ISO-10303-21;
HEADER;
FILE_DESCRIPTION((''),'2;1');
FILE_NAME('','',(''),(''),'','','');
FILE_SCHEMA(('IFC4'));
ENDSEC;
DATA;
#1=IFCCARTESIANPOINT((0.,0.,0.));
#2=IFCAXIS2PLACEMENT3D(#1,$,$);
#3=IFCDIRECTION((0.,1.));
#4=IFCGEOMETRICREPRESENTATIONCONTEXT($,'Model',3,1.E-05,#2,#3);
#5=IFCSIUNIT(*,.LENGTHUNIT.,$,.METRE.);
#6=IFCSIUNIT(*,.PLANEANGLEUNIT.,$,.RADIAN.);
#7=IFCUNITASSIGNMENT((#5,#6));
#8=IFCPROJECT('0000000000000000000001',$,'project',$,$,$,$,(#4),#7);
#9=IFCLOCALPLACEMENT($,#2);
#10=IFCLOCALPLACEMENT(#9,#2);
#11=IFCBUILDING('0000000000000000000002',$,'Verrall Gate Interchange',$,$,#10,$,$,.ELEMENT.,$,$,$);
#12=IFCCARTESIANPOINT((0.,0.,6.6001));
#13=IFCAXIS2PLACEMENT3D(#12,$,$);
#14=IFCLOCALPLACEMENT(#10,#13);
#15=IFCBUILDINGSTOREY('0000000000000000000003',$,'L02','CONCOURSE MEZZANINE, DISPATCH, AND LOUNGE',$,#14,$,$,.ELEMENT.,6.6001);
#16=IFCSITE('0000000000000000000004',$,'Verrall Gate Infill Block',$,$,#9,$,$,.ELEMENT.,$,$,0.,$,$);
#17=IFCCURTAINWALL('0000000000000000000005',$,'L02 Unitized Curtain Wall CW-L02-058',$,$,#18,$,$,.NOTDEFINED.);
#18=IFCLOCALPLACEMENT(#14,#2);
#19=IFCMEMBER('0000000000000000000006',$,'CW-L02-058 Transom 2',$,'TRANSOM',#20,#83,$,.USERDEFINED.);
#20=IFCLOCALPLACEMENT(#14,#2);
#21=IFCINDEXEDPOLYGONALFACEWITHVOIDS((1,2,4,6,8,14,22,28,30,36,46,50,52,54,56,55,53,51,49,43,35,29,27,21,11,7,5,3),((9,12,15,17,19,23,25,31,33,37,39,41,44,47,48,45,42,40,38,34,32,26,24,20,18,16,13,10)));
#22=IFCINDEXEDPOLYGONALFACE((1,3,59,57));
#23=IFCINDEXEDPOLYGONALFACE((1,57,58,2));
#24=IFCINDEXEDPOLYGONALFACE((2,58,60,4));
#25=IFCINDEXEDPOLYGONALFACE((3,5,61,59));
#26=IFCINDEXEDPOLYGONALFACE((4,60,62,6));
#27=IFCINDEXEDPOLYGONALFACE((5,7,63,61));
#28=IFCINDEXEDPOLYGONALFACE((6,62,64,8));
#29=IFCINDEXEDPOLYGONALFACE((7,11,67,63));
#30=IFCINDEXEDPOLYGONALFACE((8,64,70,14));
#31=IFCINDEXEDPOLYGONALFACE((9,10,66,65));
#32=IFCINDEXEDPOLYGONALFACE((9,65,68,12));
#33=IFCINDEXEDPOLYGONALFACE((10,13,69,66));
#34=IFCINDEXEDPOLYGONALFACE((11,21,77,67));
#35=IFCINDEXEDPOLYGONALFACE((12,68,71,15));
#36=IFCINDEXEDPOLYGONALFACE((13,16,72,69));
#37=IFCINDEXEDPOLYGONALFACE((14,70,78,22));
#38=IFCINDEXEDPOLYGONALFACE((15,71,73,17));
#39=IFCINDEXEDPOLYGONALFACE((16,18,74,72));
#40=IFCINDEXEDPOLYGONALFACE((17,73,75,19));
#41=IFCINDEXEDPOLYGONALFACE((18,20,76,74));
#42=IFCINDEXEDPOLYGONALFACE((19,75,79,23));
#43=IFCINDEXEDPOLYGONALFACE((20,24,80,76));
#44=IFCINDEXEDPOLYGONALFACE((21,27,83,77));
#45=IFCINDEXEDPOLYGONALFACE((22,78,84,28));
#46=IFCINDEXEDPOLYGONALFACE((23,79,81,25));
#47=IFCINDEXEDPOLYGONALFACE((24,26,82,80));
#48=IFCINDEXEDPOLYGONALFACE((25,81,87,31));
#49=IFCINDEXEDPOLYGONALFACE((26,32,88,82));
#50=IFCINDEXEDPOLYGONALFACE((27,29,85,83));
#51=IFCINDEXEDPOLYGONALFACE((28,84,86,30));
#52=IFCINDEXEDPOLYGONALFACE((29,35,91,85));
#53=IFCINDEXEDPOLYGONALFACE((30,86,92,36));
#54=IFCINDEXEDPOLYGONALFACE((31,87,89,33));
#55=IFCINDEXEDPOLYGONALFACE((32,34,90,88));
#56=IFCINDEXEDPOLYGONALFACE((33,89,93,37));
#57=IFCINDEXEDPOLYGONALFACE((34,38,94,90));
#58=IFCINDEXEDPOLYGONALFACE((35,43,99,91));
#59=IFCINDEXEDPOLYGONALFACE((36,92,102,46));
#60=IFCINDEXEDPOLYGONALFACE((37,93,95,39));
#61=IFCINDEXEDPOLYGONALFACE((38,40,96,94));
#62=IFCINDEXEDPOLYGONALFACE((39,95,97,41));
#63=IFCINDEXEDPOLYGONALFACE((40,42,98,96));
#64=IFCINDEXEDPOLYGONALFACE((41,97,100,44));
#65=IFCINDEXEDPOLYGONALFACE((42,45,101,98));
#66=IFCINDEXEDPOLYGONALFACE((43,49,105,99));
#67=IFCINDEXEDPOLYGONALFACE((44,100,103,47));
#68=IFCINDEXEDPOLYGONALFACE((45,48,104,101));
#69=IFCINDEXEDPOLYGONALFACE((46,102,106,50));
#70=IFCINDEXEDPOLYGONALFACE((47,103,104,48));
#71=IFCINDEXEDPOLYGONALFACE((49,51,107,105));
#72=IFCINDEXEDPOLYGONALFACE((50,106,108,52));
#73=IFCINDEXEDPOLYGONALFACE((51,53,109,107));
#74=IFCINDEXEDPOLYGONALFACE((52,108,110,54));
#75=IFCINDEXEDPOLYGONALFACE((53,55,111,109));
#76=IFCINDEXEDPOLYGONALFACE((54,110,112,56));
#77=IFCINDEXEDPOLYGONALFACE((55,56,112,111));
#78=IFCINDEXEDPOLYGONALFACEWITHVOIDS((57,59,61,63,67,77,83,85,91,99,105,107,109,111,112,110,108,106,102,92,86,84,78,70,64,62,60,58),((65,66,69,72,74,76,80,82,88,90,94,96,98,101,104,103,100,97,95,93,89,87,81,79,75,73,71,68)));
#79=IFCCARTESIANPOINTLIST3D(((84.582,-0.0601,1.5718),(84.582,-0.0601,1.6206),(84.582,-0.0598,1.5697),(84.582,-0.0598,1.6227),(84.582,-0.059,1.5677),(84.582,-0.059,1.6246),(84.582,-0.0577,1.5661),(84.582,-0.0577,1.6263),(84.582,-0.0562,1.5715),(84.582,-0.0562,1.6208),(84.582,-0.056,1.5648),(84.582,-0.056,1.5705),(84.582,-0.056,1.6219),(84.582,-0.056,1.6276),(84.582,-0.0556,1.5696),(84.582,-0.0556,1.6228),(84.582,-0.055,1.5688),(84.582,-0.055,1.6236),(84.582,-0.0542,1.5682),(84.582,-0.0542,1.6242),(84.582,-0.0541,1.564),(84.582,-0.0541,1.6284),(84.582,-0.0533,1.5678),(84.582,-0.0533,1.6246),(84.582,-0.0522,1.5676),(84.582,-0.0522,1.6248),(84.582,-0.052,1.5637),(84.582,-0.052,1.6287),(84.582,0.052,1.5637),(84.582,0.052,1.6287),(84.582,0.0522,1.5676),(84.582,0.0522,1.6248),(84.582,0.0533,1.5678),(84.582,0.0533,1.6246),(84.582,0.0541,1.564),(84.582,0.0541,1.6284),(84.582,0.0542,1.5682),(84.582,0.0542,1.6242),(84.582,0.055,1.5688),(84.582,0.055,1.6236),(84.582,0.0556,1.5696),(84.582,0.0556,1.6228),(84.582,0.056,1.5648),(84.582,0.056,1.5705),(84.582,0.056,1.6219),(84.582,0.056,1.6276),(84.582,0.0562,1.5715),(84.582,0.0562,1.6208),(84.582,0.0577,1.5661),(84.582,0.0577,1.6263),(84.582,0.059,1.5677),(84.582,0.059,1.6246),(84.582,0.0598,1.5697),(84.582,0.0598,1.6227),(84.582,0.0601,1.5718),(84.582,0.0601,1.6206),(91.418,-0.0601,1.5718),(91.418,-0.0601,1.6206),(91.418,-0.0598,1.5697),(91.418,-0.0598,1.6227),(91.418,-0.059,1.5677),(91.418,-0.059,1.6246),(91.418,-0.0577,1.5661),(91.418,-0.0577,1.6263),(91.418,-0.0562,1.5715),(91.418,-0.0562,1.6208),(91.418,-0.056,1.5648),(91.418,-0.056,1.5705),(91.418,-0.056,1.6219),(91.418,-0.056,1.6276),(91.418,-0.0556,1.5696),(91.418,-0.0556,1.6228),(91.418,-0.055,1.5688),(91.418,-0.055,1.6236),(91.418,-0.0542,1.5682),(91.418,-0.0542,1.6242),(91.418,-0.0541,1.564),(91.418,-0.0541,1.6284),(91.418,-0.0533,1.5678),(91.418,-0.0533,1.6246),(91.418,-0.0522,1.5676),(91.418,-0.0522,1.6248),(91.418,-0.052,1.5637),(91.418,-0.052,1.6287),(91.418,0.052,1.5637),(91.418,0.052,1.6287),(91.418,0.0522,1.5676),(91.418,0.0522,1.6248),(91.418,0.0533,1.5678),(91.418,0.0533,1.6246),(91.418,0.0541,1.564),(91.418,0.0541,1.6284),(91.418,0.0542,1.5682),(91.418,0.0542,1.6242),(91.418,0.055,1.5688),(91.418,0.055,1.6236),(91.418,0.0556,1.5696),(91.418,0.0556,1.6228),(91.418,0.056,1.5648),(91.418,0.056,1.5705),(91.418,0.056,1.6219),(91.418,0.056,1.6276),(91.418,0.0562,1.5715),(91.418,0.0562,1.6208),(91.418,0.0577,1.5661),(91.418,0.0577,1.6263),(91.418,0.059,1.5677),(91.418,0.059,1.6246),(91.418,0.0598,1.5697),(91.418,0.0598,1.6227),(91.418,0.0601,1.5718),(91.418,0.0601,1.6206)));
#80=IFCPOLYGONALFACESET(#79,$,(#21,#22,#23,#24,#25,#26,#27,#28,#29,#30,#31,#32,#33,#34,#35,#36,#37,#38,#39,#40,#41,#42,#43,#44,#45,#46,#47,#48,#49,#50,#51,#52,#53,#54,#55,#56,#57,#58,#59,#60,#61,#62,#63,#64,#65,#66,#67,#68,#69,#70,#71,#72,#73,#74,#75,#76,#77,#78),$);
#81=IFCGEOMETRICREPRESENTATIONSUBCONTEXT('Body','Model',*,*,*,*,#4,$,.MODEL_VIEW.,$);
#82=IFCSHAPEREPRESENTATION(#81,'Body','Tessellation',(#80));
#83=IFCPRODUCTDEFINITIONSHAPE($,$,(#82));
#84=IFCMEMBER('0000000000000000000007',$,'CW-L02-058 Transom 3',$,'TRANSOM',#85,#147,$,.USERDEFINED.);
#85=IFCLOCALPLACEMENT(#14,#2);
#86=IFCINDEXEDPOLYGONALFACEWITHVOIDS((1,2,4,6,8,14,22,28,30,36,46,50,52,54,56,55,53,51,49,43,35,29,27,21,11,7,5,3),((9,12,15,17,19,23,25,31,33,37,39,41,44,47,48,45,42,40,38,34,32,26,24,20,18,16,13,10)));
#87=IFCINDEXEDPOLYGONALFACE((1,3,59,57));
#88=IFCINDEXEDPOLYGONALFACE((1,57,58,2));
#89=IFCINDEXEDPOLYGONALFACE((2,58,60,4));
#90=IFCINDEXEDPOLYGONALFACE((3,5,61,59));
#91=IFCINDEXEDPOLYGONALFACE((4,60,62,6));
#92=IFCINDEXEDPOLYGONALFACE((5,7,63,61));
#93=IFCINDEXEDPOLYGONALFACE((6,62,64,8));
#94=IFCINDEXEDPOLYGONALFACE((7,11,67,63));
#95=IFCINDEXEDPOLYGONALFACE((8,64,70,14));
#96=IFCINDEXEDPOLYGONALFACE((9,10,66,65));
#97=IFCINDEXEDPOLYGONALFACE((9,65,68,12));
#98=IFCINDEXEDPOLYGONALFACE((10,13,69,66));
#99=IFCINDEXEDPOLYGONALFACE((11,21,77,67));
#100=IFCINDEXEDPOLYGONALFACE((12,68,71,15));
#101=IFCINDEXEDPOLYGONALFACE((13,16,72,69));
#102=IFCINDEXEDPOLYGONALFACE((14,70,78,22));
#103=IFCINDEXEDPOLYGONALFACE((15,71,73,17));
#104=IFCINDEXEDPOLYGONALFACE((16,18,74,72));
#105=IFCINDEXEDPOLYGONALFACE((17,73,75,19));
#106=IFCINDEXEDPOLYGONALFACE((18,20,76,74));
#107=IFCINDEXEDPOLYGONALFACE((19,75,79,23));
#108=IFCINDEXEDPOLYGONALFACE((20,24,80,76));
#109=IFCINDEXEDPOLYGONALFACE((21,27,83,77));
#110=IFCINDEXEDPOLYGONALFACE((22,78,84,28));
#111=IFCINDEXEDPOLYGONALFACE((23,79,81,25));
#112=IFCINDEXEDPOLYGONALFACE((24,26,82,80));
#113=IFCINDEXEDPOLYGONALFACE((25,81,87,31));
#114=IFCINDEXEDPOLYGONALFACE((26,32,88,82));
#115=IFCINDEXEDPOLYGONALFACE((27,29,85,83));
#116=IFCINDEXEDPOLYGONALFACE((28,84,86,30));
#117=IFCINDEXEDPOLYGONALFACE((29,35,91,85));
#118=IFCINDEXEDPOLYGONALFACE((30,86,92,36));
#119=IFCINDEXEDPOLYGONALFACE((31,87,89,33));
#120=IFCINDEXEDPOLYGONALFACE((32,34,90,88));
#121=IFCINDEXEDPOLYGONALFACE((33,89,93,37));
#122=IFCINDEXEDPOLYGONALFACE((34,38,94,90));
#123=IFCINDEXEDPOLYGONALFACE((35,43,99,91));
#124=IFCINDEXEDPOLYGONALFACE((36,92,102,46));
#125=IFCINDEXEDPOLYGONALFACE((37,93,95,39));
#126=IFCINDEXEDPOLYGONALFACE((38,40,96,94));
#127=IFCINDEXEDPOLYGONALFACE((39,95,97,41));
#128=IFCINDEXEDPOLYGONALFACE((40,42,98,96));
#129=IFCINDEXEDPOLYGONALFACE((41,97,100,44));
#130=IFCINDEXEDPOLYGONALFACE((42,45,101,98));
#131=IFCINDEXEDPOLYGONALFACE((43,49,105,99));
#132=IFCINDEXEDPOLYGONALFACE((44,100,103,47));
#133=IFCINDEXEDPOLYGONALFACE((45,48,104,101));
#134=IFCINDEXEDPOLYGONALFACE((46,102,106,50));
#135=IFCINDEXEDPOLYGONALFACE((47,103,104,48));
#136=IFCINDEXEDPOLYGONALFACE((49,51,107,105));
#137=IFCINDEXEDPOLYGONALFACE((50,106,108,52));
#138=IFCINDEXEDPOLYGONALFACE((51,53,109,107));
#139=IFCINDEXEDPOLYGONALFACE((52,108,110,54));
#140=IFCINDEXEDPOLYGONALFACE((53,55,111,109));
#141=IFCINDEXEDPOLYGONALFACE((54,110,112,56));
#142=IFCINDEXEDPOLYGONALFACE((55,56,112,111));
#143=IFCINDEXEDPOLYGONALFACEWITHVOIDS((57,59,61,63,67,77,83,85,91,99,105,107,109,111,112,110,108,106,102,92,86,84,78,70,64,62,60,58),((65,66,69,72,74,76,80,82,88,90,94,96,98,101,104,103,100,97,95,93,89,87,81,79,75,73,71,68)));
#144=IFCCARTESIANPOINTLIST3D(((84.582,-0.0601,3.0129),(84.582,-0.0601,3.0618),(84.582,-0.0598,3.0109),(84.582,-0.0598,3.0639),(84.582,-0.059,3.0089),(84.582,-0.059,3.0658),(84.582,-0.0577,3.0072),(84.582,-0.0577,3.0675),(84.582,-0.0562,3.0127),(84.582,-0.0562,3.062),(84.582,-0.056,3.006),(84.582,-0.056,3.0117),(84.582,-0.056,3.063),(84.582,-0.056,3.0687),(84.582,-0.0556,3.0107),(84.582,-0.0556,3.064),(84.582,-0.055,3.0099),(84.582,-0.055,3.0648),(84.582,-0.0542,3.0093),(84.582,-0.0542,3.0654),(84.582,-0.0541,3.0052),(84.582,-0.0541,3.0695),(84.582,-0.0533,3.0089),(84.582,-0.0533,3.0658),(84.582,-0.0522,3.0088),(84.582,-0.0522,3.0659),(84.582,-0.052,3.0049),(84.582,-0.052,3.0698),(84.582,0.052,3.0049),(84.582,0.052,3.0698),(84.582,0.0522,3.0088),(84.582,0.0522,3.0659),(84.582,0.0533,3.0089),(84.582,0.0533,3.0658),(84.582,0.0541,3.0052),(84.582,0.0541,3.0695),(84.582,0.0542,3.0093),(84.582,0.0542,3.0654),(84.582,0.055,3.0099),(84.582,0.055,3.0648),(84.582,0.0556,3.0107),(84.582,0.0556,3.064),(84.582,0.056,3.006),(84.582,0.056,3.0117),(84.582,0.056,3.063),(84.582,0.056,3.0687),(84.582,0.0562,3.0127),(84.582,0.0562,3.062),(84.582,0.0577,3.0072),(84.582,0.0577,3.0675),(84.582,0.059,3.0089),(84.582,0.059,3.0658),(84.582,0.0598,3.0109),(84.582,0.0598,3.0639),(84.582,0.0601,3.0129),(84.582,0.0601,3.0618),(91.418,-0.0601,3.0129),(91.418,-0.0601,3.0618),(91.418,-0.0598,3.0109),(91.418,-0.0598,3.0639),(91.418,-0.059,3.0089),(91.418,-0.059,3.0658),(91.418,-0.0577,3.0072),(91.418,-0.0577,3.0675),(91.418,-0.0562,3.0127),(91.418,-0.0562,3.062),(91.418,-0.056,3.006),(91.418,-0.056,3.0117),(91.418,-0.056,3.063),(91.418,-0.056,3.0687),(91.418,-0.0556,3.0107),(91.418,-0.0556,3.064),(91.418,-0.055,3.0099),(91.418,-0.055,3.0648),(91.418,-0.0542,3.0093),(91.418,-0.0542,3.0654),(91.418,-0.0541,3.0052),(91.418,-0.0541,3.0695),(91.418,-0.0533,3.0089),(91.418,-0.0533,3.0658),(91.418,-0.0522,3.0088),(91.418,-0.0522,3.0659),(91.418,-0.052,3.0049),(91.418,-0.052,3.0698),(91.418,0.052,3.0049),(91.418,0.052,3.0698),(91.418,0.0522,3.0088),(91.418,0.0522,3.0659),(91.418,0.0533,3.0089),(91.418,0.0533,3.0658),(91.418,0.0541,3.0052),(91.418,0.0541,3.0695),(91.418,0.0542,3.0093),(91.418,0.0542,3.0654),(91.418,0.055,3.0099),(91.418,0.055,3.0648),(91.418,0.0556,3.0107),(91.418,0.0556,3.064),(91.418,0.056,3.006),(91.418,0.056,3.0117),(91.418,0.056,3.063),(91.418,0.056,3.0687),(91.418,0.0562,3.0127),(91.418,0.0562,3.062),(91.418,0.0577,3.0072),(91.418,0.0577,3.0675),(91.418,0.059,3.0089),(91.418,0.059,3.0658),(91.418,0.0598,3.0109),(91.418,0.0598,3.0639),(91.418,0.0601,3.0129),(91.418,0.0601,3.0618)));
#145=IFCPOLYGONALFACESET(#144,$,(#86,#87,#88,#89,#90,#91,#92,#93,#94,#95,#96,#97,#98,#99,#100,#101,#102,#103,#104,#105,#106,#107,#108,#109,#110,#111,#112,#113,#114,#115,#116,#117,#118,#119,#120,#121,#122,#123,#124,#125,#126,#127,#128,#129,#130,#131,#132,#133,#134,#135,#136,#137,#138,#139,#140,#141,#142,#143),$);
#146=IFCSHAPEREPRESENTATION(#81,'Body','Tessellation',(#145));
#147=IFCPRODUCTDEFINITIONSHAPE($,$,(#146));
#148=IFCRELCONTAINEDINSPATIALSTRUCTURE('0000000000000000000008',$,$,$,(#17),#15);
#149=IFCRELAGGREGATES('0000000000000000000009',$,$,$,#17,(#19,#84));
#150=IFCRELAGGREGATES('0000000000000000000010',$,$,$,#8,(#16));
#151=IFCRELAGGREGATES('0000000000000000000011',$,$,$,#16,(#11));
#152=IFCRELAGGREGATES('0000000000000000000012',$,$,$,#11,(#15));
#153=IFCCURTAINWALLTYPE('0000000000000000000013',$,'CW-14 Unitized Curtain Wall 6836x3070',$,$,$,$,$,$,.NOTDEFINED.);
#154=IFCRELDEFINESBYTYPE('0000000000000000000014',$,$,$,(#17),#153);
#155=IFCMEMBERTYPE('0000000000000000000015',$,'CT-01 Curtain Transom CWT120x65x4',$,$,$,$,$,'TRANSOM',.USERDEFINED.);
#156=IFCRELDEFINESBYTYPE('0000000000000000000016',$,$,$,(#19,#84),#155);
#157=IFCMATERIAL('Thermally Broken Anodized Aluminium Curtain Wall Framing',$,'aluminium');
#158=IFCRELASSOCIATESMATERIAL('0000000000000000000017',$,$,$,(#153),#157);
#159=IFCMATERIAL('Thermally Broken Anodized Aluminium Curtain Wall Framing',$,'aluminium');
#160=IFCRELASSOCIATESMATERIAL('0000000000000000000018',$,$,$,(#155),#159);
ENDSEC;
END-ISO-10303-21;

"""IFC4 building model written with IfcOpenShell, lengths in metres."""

from ifc_helpers import new_model, si_unit, direction, frame, origin, origin_2d, place, context, subcontext, project, spatial, hollow_rectangle, extrude, material, material_profile, profile_set, type_object, element, aggregate, save


model = new_model("IFC4")

# Units and contexts
model_context = context("Model", 3, precision=1e-05, world=origin(), true_north=direction((0.0, 1.0)))
body_context = subcontext(model_context, "Body", "Model", "MODEL_VIEW")
ifc_project = project(units=[si_unit("LENGTHUNIT", "METRE"), si_unit("PLANEANGLEUNIT", "RADIAN")], contexts=[model_context])

# Site, building, storey
site_placement = place(None, origin())
site = spatial("IfcSite", under=ifc_project, at=site_placement, Name="Verrall Gate Infill Block", CompositionType="ELEMENT", RefElevation=0.0)
building_placement = place(site_placement, origin())
building = spatial("IfcBuilding", under=site, at=building_placement, Name="Verrall Gate Interchange", CompositionType="ELEMENT")
storey_placement = place(building_placement, frame((0.0, 0.0, 6.6001)))
storey = spatial("IfcBuildingStorey", under=building, at=storey_placement, Name="L02", Description="CONCOURSE MEZZANINE, DISPATCH, AND LOUNGE", CompositionType="ELEMENT", Elevation=6.6001)

# Curtain wall, members
ifc_material_1 = material(Name="Thermally Broken Anodized Aluminium Curtain Wall Framing", Category="aluminium")
curtain_wall_type = type_object("IfcCurtainWallType", Name="CW-14 Unitized Curtain Wall 6836x3070", PredefinedType="NOTDEFINED", material=ifc_material_1)
curtain_wall_1_placement = place(storey_placement, origin())
curtain_wall_1 = element("IfcCurtainWall", 1, at=curtain_wall_1_placement, inside=storey, type_object=curtain_wall_type, Name="L02 Unitized Curtain Wall CW-L02-058", PredefinedType="NOTDEFINED")
ifc_material_2 = material(Name="Thermally Broken Anodized Aluminium Curtain Wall Framing", Category="aluminium")
ifc_material_profile_1 = material_profile(ifc_material_2, hollow_rectangle(XDim=0.1201, YDim=0.0649, WallThickness=0.0039, InnerFilletRadius=0.0039, OuterFilletRadius=0.0081, at=origin_2d()), Name="CWT120x65x4")
ifc_profile_set_1 = profile_set([ifc_material_profile_1], Name="Thermally Broken Anodized Aluminium Curtain Wall Framing")
member_type_1 = type_object("IfcMemberType", Name="CT-01 Curtain Transom CWT120x65x4", ElementType="TRANSOM", PredefinedType="USERDEFINED", material=ifc_profile_set_1)
member_1_placement = place(storey_placement, frame((84.582, 0.0, 1.5962), z_axis=(1.0, 0.0, 0.0), x_axis=(0.0, 1.0, 0.0)))
member_1 = element("IfcMember", 2, at=member_1_placement, type_object=member_type_1, Name="CW-L02-058 Transom 2", ObjectType="TRANSOM", PredefinedType="USERDEFINED", context=body_context, shape_type="SweptSolid", body=[
    extrude(hollow_rectangle(XDim=0.1201, YDim=0.0649, WallThickness=0.0039, InnerFilletRadius=0.0039, OuterFilletRadius=0.0081, at=origin_2d()), origin(), (0.0, 0.0, 1.0), 6.8359),
])
member_2_placement = place(storey_placement, frame((84.582, 0.0, 3.0374), z_axis=(1.0, 0.0, 0.0), x_axis=(0.0, 1.0, 0.0)))
member_2 = element("IfcMember", 3, at=member_2_placement, type_object=member_type_1, Name="CW-L02-058 Transom 3", ObjectType="TRANSOM", PredefinedType="USERDEFINED", context=body_context, shape_type="SweptSolid", body=[
    extrude(hollow_rectangle(XDim=0.1201, YDim=0.0649, WallThickness=0.0039, InnerFilletRadius=0.0039, OuterFilletRadius=0.0081, at=origin_2d()), origin(), (0.0, 0.0, 1.0), 6.8359),
])
aggregate(curtain_wall_1, [member_1, member_2])

save(model, "model.ifc")
